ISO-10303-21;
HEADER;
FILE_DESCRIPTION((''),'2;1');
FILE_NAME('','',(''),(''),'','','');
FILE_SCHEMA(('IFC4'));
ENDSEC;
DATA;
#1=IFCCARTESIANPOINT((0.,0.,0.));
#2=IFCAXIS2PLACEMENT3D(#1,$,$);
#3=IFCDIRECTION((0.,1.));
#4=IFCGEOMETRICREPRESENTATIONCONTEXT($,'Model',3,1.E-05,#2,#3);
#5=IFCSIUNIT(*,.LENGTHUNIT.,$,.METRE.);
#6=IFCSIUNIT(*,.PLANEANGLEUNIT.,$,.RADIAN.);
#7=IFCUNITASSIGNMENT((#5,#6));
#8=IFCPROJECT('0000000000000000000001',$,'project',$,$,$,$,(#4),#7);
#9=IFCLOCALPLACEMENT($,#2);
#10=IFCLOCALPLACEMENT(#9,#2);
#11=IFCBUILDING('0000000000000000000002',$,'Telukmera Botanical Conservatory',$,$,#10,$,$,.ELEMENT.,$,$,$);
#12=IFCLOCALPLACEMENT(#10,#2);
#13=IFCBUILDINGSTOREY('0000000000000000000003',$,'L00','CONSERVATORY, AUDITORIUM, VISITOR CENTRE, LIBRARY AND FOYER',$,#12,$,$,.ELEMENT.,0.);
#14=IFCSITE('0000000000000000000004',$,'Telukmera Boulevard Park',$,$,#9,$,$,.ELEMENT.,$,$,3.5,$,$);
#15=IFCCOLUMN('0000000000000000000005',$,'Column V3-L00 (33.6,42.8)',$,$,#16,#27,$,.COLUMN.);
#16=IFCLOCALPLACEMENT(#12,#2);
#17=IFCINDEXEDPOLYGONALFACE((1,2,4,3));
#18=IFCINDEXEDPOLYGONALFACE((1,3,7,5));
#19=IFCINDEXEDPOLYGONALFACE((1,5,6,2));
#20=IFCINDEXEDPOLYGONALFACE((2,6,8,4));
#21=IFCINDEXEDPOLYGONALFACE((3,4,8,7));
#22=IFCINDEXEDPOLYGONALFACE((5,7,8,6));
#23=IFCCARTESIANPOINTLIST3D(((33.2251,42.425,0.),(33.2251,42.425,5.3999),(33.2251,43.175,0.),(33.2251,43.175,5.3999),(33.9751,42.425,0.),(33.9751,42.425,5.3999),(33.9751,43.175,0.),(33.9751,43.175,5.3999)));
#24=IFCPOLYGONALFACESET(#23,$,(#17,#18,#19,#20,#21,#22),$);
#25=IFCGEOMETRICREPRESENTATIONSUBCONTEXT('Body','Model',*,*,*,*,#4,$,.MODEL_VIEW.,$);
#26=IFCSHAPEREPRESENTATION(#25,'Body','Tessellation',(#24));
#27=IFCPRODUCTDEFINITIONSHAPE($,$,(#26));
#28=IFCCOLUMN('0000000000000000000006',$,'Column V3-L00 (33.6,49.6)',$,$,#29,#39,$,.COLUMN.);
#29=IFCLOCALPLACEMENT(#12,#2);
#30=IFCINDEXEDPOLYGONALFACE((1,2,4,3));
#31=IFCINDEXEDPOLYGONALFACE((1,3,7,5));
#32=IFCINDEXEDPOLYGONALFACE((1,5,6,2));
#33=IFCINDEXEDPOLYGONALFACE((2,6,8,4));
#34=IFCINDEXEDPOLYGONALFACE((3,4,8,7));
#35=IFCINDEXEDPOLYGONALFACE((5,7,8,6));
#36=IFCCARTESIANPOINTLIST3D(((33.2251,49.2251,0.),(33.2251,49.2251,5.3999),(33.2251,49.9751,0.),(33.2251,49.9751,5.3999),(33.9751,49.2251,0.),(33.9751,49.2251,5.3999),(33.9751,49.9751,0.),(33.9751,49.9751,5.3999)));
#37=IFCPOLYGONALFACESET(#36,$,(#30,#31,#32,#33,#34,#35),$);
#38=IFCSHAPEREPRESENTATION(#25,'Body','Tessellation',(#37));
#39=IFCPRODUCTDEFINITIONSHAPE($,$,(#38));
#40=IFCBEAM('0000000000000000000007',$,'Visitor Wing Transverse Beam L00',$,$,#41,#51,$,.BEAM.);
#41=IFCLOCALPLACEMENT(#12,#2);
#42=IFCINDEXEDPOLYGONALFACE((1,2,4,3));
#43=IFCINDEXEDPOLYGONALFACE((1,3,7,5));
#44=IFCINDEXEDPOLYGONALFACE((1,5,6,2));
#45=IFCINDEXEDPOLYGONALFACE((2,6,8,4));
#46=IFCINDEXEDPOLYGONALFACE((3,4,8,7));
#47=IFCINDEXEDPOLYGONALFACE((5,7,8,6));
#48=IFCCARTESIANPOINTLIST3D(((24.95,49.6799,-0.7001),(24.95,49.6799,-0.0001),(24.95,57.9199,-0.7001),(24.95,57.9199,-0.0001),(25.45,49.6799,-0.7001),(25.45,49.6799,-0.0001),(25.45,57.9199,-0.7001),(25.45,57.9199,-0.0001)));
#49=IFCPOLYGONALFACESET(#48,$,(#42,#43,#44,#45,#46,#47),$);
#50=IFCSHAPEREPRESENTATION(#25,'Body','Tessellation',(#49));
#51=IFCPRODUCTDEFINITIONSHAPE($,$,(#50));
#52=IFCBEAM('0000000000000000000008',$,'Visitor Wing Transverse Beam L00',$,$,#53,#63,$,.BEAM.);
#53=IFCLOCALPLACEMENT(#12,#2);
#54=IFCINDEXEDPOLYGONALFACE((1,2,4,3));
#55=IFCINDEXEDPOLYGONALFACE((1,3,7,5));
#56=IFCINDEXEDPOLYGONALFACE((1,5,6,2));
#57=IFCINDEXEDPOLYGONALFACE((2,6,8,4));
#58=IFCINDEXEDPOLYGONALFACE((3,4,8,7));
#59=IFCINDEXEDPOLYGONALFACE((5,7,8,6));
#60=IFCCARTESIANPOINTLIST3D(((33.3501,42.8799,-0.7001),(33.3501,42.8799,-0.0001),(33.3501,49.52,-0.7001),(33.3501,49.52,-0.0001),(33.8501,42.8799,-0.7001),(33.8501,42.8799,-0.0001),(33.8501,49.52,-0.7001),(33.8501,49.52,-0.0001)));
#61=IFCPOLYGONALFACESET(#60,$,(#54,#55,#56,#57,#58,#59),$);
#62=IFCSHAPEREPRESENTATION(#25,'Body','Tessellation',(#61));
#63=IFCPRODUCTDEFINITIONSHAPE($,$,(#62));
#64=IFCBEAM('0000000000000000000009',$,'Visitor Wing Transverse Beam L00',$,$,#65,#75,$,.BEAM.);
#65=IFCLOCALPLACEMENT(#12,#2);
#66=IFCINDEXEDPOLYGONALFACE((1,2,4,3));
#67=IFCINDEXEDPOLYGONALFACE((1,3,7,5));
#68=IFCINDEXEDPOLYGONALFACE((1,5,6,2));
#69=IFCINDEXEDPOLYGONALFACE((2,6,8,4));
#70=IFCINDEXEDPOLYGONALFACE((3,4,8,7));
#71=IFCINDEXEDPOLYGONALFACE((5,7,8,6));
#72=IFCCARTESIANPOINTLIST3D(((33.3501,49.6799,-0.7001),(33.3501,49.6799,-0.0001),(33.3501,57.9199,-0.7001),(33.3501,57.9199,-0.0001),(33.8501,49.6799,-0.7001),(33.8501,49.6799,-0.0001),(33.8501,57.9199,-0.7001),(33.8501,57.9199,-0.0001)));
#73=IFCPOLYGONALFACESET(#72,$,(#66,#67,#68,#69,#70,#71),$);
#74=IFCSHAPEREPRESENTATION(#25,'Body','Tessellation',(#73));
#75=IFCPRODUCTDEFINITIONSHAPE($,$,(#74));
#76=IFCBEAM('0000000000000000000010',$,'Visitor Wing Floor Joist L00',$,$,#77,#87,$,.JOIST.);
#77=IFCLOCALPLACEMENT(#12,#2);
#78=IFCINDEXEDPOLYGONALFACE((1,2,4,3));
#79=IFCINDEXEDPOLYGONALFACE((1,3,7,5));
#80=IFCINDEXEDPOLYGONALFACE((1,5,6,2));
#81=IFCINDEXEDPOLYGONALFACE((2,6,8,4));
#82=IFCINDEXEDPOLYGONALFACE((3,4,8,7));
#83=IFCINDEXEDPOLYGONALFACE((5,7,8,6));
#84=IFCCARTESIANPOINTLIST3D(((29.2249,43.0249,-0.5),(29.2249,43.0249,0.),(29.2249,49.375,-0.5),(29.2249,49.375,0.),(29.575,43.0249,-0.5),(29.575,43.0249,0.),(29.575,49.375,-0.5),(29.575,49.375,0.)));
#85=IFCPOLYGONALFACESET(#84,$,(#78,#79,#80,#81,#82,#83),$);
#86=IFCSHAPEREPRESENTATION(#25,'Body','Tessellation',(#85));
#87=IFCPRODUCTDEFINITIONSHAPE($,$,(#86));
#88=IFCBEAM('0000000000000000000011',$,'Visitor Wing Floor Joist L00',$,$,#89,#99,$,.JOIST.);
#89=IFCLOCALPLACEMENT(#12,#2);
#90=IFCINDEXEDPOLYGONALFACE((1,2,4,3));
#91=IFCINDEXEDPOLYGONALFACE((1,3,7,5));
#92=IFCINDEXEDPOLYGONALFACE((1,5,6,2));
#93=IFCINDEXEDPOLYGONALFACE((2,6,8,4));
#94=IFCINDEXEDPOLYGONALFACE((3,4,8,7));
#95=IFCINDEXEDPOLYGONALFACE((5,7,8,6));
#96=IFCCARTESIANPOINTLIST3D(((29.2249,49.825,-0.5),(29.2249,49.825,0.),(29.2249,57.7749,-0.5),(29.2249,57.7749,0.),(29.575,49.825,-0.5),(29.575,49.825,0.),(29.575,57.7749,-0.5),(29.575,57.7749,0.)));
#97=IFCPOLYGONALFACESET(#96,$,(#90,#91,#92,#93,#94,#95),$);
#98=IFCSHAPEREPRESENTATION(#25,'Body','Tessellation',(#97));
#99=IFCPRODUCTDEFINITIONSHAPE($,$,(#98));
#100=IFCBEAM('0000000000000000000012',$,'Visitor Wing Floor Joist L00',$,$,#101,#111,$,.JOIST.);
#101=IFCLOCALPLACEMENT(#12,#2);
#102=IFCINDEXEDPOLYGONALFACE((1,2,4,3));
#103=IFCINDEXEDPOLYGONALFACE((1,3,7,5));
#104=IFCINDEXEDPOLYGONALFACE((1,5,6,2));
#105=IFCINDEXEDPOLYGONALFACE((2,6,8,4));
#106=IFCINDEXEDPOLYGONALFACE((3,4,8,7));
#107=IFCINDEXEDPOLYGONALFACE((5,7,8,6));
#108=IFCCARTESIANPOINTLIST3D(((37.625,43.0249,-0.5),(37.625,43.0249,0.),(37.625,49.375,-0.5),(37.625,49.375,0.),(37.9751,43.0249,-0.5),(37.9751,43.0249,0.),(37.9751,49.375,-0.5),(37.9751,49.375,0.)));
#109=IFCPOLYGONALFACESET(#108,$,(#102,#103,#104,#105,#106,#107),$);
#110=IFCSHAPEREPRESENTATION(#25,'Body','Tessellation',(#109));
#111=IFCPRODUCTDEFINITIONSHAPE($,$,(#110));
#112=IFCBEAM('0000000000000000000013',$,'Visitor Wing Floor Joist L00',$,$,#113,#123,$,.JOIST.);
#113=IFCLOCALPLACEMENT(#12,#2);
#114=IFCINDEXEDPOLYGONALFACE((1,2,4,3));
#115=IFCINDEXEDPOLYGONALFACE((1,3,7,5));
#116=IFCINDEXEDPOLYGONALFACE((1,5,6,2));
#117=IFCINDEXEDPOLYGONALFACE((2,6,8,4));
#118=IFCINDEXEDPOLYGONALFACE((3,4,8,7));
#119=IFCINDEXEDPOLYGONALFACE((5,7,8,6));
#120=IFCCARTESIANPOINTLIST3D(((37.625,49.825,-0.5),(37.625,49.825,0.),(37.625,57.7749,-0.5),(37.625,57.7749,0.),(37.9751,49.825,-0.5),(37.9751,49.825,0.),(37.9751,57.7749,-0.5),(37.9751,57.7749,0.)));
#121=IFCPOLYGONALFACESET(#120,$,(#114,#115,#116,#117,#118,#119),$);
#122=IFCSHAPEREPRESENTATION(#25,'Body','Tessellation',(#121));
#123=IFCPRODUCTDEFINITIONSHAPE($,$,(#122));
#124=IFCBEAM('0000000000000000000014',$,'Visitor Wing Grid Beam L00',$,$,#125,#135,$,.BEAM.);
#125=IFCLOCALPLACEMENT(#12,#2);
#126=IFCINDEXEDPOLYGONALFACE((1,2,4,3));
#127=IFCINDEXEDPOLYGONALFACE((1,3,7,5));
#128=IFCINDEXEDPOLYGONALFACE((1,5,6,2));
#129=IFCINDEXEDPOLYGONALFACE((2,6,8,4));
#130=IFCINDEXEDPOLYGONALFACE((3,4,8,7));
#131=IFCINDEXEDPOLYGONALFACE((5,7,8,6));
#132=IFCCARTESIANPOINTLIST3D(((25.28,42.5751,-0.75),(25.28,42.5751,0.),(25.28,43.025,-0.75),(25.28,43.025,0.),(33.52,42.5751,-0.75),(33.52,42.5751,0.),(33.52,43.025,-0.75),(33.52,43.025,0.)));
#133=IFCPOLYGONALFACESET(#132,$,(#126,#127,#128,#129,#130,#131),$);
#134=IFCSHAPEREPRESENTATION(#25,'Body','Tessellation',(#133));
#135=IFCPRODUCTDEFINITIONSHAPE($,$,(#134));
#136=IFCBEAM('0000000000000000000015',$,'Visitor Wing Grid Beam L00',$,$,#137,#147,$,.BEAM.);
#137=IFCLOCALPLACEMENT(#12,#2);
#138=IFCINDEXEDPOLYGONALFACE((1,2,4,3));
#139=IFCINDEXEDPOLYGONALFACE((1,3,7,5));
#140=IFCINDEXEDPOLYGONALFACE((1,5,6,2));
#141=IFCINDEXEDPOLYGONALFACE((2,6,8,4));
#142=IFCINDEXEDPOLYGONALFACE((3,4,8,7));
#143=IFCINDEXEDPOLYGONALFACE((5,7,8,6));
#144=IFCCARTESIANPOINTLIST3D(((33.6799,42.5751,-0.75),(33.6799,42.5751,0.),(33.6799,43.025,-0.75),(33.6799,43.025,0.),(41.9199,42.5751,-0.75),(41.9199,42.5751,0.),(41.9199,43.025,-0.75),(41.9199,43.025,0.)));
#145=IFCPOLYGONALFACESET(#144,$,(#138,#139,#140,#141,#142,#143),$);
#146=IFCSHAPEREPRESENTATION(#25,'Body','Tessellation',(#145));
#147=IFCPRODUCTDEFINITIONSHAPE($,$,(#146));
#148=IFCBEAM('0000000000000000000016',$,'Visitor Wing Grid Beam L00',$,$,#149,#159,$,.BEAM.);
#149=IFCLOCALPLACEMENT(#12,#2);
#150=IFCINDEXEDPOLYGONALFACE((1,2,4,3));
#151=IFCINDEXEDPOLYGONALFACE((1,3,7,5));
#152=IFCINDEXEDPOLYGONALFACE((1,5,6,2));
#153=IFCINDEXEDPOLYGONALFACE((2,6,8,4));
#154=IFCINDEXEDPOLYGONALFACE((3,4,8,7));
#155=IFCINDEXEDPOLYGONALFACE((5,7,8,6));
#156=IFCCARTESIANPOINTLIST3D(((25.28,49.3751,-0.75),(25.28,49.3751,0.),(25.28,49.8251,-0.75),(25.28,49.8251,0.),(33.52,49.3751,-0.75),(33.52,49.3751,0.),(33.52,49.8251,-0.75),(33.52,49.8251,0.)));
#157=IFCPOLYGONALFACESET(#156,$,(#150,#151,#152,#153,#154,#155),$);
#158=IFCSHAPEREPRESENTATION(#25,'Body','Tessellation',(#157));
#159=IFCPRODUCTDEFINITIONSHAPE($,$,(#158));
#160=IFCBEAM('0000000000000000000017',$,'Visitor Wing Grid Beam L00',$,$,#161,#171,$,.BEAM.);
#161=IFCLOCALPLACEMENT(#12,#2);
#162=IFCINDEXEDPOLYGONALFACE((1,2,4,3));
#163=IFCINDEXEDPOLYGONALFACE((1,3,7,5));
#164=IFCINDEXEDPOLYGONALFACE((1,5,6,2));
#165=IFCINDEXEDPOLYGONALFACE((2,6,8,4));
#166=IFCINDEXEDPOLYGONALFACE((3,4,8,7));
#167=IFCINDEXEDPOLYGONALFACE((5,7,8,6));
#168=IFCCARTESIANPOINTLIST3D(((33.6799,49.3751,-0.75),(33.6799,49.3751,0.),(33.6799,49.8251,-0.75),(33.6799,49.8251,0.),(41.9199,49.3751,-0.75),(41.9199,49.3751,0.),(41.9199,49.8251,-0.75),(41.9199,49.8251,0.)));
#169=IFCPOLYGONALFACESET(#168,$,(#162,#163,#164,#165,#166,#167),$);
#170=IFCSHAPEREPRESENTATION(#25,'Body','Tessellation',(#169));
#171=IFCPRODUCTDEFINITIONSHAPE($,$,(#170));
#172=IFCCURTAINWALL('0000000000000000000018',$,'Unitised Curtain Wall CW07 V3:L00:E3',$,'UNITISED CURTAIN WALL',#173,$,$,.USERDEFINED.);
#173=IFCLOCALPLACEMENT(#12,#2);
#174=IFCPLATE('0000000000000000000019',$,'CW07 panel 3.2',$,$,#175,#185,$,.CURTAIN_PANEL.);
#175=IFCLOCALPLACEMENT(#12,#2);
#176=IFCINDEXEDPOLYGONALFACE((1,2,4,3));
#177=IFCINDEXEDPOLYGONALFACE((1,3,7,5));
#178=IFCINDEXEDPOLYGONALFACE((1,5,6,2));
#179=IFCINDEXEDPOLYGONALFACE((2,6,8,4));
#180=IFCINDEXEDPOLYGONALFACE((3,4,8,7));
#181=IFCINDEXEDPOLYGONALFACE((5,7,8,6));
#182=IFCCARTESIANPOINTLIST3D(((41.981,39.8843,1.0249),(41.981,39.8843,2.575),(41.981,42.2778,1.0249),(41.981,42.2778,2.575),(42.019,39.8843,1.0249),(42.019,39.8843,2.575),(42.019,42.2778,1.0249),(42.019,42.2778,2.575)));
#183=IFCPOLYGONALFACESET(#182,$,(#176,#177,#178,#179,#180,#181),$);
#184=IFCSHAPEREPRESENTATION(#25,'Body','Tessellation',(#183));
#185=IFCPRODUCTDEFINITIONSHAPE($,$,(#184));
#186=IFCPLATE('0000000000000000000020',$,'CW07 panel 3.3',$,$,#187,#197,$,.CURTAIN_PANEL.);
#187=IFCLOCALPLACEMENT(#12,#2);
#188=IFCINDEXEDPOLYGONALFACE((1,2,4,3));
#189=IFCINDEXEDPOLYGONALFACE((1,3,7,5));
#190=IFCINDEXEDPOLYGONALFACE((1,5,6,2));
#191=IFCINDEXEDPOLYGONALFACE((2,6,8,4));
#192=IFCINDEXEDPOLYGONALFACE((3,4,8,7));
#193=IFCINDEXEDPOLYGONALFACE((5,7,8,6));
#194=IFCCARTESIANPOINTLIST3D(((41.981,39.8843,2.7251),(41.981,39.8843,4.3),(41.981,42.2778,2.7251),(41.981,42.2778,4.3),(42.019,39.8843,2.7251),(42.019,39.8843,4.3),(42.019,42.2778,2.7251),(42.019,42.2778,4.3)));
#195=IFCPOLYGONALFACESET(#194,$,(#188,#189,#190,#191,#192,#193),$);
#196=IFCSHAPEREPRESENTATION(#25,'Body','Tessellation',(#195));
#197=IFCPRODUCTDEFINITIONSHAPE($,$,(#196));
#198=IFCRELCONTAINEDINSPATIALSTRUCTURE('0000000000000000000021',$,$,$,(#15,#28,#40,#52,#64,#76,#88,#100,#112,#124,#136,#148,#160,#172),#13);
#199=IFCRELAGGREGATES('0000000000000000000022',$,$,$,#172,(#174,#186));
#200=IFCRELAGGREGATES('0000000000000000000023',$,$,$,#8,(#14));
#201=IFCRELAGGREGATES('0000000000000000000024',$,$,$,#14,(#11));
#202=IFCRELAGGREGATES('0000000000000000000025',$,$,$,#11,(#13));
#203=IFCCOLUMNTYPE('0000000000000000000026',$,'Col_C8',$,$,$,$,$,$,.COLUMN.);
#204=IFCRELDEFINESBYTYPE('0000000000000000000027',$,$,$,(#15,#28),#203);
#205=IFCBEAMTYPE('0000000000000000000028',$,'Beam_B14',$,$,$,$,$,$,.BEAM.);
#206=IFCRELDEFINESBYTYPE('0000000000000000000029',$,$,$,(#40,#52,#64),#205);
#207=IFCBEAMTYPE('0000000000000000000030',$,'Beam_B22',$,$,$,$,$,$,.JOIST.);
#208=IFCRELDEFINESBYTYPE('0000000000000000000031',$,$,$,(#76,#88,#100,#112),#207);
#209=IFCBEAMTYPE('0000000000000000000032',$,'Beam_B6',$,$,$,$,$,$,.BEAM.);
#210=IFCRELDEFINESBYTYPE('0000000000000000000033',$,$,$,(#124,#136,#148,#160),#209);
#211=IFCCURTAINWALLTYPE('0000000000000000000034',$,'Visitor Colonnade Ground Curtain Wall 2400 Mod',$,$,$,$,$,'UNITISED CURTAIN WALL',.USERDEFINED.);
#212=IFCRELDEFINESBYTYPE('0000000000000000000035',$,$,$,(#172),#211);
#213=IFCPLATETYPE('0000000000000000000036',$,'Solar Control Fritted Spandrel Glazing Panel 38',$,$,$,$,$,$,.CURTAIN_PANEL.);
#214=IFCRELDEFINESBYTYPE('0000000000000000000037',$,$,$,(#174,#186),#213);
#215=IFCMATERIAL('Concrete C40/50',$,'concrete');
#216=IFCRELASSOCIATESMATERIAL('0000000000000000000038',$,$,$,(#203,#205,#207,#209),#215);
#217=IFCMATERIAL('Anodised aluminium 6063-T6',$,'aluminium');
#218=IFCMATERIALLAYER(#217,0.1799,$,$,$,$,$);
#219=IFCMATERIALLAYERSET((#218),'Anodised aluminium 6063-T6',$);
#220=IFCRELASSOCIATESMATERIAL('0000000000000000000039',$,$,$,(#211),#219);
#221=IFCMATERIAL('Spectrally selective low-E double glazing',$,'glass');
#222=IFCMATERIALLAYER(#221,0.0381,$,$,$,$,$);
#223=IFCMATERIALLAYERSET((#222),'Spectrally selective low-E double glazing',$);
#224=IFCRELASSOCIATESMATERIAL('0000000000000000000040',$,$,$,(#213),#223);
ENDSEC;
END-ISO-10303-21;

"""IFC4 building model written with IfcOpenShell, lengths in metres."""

from ifc_helpers import new_model, si_unit, direction, frame, origin, origin_2d, place, context, subcontext, project, spatial, rectangle, extrude, material, layer, layer_set, material_profile, profile_set, type_object, element, aggregate, save


model = new_model("IFC4")

# Units and contexts
model_context = context("Model", 3, precision=1e-05, world=origin(), true_north=direction((0.0, 1.0)))
body_context = subcontext(model_context, "Body", "Model", "MODEL_VIEW")
ifc_project = project(units=[si_unit("LENGTHUNIT", "METRE"), si_unit("PLANEANGLEUNIT", "RADIAN")], contexts=[model_context])

# Site, building, storey
site_placement = place(None, origin())
site = spatial("IfcSite", under=ifc_project, at=site_placement, Name="Telukmera Boulevard Park", CompositionType="ELEMENT", RefElevation=3.5)
building_placement = place(site_placement, origin())
building = spatial("IfcBuilding", under=site, at=building_placement, Name="Telukmera Botanical Conservatory", CompositionType="ELEMENT")
storey_placement = place(building_placement, origin())
storey = spatial("IfcBuildingStorey", under=building, at=storey_placement, Name="L00", Description="CONSERVATORY, AUDITORIUM, VISITOR CENTRE, LIBRARY AND FOYER", CompositionType="ELEMENT", Elevation=0.0)

# Columns
ifc_material_1 = material(Name="Concrete C40/50", Category="concrete")
ifc_material_profile_1 = material_profile(ifc_material_1, rectangle(XDim=0.75, YDim=0.75, at=origin_2d()), Name="RC 750x750")
ifc_profile_set_1 = profile_set([ifc_material_profile_1], Name="Concrete C40/50")
column_type = type_object("IfcColumnType", Name="Col_C8", PredefinedType="COLUMN", material=ifc_profile_set_1)
for number, where, z_axis, x_axis, name in (
    (1, (33.6001, 42.8, 0.0), (0.0, 0.0, 1.0), (1.0, 0.0, 0.0), "Column V3-L00 (33.6,42.8)"),
    (2, (33.6001, 49.6001, 0.0), (0.0, 0.0, 1.0), (1.0, 0.0, 0.0), "Column V3-L00 (33.6,49.6)"),
):
    element("IfcColumn", number, at=place(storey_placement, frame(where, z_axis=z_axis, x_axis=x_axis)), inside=storey, type_object=column_type, Name=name, PredefinedType="COLUMN", context=body_context, shape_type="SweptSolid", body=[
        extrude(rectangle(XDim=0.75, YDim=0.75, at=origin_2d()), origin(), (0.0, 0.0, 1.0), 5.3999),
    ])

# Beams
ifc_material_profile_2 = material_profile(ifc_material_1, rectangle(XDim=0.5, YDim=0.7, at=origin_2d()), Name="RC 500x700")
ifc_profile_set_2 = profile_set([ifc_material_profile_2], Name="Concrete C40/50")
beam_type_1 = type_object("IfcBeamType", Name="Beam_B14", PredefinedType="BEAM", material=ifc_profile_set_2)
beam_1_placement = place(storey_placement, frame((25.2, 49.6799, -0.3501), z_axis=(0.0, 1.0, 0.0), x_axis=(-1.0, 0.0, 0.0)))
element("IfcBeam", 3, at=beam_1_placement, inside=storey, type_object=beam_type_1, Name="Visitor Wing Transverse Beam L00", PredefinedType="BEAM", context=body_context, shape_type="SweptSolid", body=[
    extrude(rectangle(XDim=0.5, YDim=0.7, at=origin_2d()), origin(), (0.0, 0.0, 1.0), 8.24),
])
beam_2_placement = place(storey_placement, frame((33.6001, 42.8799, -0.3501), z_axis=(0.0, 1.0, 0.0), x_axis=(-1.0, 0.0, 0.0)))
element("IfcBeam", 4, at=beam_2_placement, inside=storey, type_object=beam_type_1, Name="Visitor Wing Transverse Beam L00", PredefinedType="BEAM", context=body_context, shape_type="SweptSolid", body=[
    extrude(rectangle(XDim=0.5, YDim=0.7, at=origin_2d()), origin(), (0.0, 0.0, 1.0), 6.6401),
])
beam_3_placement = place(storey_placement, frame((33.6001, 49.6799, -0.3501), z_axis=(0.0, 1.0, 0.0), x_axis=(-1.0, 0.0, 0.0)))
element("IfcBeam", 5, at=beam_3_placement, inside=storey, type_object=beam_type_1, Name="Visitor Wing Transverse Beam L00", PredefinedType="BEAM", context=body_context, shape_type="SweptSolid", body=[
    extrude(rectangle(XDim=0.5, YDim=0.7, at=origin_2d()), origin(), (0.0, 0.0, 1.0), 8.24),
])
ifc_material_profile_3 = material_profile(ifc_material_1, rectangle(XDim=0.3501, YDim=0.5, at=origin_2d()), Name="RC 350x500")
ifc_profile_set_3 = profile_set([ifc_material_profile_3], Name="Concrete C40/50")
beam_type_2 = type_object("IfcBeamType", Name="Beam_B22", PredefinedType="JOIST", material=ifc_profile_set_3)
beam_4_placement = place(storey_placement, frame((29.3999, 43.0249, -0.25), z_axis=(0.0, 1.0, 0.0), x_axis=(-1.0, 0.0, 0.0)))
element("IfcBeam", 6, at=beam_4_placement, inside=storey, type_object=beam_type_2, Name="Visitor Wing Floor Joist L00", PredefinedType="JOIST", context=body_context, shape_type="SweptSolid", body=[
    extrude(rectangle(XDim=0.3501, YDim=0.5, at=origin_2d()), origin(), (0.0, 0.0, 1.0), 6.3501),
])
beam_5_placement = place(storey_placement, frame((29.3999, 49.825, -0.25), z_axis=(0.0, 1.0, 0.0), x_axis=(-1.0, 0.0, 0.0)))
element("IfcBeam", 7, at=beam_5_placement, inside=storey, type_object=beam_type_2, Name="Visitor Wing Floor Joist L00", PredefinedType="JOIST", context=body_context, shape_type="SweptSolid", body=[
    extrude(rectangle(XDim=0.3501, YDim=0.5, at=origin_2d()), origin(), (0.0, 0.0, 1.0), 7.95),
])
beam_6_placement = place(storey_placement, frame((37.8, 43.0249, -0.25), z_axis=(0.0, 1.0, 0.0), x_axis=(-1.0, 0.0, 0.0)))
element("IfcBeam", 8, at=beam_6_placement, inside=storey, type_object=beam_type_2, Name="Visitor Wing Floor Joist L00", PredefinedType="JOIST", context=body_context, shape_type="SweptSolid", body=[
    extrude(rectangle(XDim=0.3501, YDim=0.5, at=origin_2d()), origin(), (0.0, 0.0, 1.0), 6.3501),
])
beam_7_placement = place(storey_placement, frame((37.8, 49.825, -0.25), z_axis=(0.0, 1.0, 0.0), x_axis=(-1.0, 0.0, 0.0)))
element("IfcBeam", 9, at=beam_7_placement, inside=storey, type_object=beam_type_2, Name="Visitor Wing Floor Joist L00", PredefinedType="JOIST", context=body_context, shape_type="SweptSolid", body=[
    extrude(rectangle(XDim=0.3501, YDim=0.5, at=origin_2d()), origin(), (0.0, 0.0, 1.0), 7.95),
])
ifc_material_profile_4 = material_profile(ifc_material_1, rectangle(XDim=0.45, YDim=0.75, at=origin_2d()), Name="RC 450x750")
ifc_profile_set_4 = profile_set([ifc_material_profile_4], Name="Concrete C40/50")
beam_type_3 = type_object("IfcBeamType", Name="Beam_B6", PredefinedType="BEAM", material=ifc_profile_set_4)
for number, where, z_axis, x_axis, name in (
    (10, (25.28, 42.8, -0.375), (1.0, 0.0, 0.0), (0.0, 1.0, 0.0), "Visitor Wing Grid Beam L00"),
    (11, (33.6799, 42.8, -0.375), (1.0, 0.0, 0.0), (0.0, 1.0, 0.0), "Visitor Wing Grid Beam L00"),
    (12, (25.28, 49.6001, -0.375), (1.0, 0.0, 0.0), (0.0, 1.0, 0.0), "Visitor Wing Grid Beam L00"),
    (13, (33.6799, 49.6001, -0.375), (1.0, 0.0, 0.0), (0.0, 1.0, 0.0), "Visitor Wing Grid Beam L00"),
):
    element("IfcBeam", number, at=place(storey_placement, frame(where, z_axis=z_axis, x_axis=x_axis)), inside=storey, type_object=beam_type_3, Name=name, PredefinedType="BEAM", context=body_context, shape_type="SweptSolid", body=[
        extrude(rectangle(XDim=0.45, YDim=0.75, at=origin_2d()), origin(), (0.0, 0.0, 1.0), 8.24),
    ])

# Curtain wall, plates
ifc_material_2 = material(Name="Anodised aluminium 6063-T6", Category="aluminium")
ifc_layer_1 = layer(ifc_material_2, 0.1799)
ifc_layer_set_1 = layer_set([ifc_layer_1], Name="Anodised aluminium 6063-T6")
curtain_wall_type = type_object("IfcCurtainWallType", Name="Visitor Colonnade Ground Curtain Wall 2400 Mod", ElementType="UNITISED CURTAIN WALL", PredefinedType="USERDEFINED", material=ifc_layer_set_1)
curtain_wall_placement = place(storey_placement, origin())
curtain_wall = element("IfcCurtainWall", 14, at=curtain_wall_placement, inside=storey, type_object=curtain_wall_type, Name="Unitised Curtain Wall CW07 V3:L00:E3", ObjectType="UNITISED CURTAIN WALL", PredefinedType="USERDEFINED")
ifc_material_3 = material(Name="Spectrally selective low-E double glazing", Category="glass")
ifc_layer_2 = layer(ifc_material_3, 0.0381)
ifc_layer_set_2 = layer_set([ifc_layer_2], Name="Spectrally selective low-E double glazing")
plate_type = type_object("IfcPlateType", Name="Solar Control Fritted Spandrel Glazing Panel 38", PredefinedType="CURTAIN_PANEL", material=ifc_layer_set_2)
plate_1_placement = place(storey_placement, frame((42.0, 41.0811, 1.0249), z_axis=(0.0, 0.0, 1.0), x_axis=(0.0, 1.0, 0.0)))
plate_1 = element("IfcPlate", 15, at=plate_1_placement, type_object=plate_type, Name="CW07 panel 3.2", PredefinedType="CURTAIN_PANEL", context=body_context, shape_type="SweptSolid", body=[
    extrude(rectangle(XDim=2.3936, YDim=0.0381, at=origin_2d()), origin(), (0.0, 0.0, 1.0), 1.55),
])
plate_2_placement = place(storey_placement, frame((42.0, 41.0811, 2.7251), z_axis=(0.0, 0.0, 1.0), x_axis=(0.0, 1.0, 0.0)))
plate_2 = element("IfcPlate", 16, at=plate_2_placement, type_object=plate_type, Name="CW07 panel 3.3", PredefinedType="CURTAIN_PANEL", context=body_context, shape_type="SweptSolid", body=[
    extrude(rectangle(XDim=2.3936, YDim=0.0381, at=origin_2d()), origin(), (0.0, 0.0, 1.0), 1.575),
])
aggregate(curtain_wall, [plate_1, plate_2])

save(model, "model.ifc")
